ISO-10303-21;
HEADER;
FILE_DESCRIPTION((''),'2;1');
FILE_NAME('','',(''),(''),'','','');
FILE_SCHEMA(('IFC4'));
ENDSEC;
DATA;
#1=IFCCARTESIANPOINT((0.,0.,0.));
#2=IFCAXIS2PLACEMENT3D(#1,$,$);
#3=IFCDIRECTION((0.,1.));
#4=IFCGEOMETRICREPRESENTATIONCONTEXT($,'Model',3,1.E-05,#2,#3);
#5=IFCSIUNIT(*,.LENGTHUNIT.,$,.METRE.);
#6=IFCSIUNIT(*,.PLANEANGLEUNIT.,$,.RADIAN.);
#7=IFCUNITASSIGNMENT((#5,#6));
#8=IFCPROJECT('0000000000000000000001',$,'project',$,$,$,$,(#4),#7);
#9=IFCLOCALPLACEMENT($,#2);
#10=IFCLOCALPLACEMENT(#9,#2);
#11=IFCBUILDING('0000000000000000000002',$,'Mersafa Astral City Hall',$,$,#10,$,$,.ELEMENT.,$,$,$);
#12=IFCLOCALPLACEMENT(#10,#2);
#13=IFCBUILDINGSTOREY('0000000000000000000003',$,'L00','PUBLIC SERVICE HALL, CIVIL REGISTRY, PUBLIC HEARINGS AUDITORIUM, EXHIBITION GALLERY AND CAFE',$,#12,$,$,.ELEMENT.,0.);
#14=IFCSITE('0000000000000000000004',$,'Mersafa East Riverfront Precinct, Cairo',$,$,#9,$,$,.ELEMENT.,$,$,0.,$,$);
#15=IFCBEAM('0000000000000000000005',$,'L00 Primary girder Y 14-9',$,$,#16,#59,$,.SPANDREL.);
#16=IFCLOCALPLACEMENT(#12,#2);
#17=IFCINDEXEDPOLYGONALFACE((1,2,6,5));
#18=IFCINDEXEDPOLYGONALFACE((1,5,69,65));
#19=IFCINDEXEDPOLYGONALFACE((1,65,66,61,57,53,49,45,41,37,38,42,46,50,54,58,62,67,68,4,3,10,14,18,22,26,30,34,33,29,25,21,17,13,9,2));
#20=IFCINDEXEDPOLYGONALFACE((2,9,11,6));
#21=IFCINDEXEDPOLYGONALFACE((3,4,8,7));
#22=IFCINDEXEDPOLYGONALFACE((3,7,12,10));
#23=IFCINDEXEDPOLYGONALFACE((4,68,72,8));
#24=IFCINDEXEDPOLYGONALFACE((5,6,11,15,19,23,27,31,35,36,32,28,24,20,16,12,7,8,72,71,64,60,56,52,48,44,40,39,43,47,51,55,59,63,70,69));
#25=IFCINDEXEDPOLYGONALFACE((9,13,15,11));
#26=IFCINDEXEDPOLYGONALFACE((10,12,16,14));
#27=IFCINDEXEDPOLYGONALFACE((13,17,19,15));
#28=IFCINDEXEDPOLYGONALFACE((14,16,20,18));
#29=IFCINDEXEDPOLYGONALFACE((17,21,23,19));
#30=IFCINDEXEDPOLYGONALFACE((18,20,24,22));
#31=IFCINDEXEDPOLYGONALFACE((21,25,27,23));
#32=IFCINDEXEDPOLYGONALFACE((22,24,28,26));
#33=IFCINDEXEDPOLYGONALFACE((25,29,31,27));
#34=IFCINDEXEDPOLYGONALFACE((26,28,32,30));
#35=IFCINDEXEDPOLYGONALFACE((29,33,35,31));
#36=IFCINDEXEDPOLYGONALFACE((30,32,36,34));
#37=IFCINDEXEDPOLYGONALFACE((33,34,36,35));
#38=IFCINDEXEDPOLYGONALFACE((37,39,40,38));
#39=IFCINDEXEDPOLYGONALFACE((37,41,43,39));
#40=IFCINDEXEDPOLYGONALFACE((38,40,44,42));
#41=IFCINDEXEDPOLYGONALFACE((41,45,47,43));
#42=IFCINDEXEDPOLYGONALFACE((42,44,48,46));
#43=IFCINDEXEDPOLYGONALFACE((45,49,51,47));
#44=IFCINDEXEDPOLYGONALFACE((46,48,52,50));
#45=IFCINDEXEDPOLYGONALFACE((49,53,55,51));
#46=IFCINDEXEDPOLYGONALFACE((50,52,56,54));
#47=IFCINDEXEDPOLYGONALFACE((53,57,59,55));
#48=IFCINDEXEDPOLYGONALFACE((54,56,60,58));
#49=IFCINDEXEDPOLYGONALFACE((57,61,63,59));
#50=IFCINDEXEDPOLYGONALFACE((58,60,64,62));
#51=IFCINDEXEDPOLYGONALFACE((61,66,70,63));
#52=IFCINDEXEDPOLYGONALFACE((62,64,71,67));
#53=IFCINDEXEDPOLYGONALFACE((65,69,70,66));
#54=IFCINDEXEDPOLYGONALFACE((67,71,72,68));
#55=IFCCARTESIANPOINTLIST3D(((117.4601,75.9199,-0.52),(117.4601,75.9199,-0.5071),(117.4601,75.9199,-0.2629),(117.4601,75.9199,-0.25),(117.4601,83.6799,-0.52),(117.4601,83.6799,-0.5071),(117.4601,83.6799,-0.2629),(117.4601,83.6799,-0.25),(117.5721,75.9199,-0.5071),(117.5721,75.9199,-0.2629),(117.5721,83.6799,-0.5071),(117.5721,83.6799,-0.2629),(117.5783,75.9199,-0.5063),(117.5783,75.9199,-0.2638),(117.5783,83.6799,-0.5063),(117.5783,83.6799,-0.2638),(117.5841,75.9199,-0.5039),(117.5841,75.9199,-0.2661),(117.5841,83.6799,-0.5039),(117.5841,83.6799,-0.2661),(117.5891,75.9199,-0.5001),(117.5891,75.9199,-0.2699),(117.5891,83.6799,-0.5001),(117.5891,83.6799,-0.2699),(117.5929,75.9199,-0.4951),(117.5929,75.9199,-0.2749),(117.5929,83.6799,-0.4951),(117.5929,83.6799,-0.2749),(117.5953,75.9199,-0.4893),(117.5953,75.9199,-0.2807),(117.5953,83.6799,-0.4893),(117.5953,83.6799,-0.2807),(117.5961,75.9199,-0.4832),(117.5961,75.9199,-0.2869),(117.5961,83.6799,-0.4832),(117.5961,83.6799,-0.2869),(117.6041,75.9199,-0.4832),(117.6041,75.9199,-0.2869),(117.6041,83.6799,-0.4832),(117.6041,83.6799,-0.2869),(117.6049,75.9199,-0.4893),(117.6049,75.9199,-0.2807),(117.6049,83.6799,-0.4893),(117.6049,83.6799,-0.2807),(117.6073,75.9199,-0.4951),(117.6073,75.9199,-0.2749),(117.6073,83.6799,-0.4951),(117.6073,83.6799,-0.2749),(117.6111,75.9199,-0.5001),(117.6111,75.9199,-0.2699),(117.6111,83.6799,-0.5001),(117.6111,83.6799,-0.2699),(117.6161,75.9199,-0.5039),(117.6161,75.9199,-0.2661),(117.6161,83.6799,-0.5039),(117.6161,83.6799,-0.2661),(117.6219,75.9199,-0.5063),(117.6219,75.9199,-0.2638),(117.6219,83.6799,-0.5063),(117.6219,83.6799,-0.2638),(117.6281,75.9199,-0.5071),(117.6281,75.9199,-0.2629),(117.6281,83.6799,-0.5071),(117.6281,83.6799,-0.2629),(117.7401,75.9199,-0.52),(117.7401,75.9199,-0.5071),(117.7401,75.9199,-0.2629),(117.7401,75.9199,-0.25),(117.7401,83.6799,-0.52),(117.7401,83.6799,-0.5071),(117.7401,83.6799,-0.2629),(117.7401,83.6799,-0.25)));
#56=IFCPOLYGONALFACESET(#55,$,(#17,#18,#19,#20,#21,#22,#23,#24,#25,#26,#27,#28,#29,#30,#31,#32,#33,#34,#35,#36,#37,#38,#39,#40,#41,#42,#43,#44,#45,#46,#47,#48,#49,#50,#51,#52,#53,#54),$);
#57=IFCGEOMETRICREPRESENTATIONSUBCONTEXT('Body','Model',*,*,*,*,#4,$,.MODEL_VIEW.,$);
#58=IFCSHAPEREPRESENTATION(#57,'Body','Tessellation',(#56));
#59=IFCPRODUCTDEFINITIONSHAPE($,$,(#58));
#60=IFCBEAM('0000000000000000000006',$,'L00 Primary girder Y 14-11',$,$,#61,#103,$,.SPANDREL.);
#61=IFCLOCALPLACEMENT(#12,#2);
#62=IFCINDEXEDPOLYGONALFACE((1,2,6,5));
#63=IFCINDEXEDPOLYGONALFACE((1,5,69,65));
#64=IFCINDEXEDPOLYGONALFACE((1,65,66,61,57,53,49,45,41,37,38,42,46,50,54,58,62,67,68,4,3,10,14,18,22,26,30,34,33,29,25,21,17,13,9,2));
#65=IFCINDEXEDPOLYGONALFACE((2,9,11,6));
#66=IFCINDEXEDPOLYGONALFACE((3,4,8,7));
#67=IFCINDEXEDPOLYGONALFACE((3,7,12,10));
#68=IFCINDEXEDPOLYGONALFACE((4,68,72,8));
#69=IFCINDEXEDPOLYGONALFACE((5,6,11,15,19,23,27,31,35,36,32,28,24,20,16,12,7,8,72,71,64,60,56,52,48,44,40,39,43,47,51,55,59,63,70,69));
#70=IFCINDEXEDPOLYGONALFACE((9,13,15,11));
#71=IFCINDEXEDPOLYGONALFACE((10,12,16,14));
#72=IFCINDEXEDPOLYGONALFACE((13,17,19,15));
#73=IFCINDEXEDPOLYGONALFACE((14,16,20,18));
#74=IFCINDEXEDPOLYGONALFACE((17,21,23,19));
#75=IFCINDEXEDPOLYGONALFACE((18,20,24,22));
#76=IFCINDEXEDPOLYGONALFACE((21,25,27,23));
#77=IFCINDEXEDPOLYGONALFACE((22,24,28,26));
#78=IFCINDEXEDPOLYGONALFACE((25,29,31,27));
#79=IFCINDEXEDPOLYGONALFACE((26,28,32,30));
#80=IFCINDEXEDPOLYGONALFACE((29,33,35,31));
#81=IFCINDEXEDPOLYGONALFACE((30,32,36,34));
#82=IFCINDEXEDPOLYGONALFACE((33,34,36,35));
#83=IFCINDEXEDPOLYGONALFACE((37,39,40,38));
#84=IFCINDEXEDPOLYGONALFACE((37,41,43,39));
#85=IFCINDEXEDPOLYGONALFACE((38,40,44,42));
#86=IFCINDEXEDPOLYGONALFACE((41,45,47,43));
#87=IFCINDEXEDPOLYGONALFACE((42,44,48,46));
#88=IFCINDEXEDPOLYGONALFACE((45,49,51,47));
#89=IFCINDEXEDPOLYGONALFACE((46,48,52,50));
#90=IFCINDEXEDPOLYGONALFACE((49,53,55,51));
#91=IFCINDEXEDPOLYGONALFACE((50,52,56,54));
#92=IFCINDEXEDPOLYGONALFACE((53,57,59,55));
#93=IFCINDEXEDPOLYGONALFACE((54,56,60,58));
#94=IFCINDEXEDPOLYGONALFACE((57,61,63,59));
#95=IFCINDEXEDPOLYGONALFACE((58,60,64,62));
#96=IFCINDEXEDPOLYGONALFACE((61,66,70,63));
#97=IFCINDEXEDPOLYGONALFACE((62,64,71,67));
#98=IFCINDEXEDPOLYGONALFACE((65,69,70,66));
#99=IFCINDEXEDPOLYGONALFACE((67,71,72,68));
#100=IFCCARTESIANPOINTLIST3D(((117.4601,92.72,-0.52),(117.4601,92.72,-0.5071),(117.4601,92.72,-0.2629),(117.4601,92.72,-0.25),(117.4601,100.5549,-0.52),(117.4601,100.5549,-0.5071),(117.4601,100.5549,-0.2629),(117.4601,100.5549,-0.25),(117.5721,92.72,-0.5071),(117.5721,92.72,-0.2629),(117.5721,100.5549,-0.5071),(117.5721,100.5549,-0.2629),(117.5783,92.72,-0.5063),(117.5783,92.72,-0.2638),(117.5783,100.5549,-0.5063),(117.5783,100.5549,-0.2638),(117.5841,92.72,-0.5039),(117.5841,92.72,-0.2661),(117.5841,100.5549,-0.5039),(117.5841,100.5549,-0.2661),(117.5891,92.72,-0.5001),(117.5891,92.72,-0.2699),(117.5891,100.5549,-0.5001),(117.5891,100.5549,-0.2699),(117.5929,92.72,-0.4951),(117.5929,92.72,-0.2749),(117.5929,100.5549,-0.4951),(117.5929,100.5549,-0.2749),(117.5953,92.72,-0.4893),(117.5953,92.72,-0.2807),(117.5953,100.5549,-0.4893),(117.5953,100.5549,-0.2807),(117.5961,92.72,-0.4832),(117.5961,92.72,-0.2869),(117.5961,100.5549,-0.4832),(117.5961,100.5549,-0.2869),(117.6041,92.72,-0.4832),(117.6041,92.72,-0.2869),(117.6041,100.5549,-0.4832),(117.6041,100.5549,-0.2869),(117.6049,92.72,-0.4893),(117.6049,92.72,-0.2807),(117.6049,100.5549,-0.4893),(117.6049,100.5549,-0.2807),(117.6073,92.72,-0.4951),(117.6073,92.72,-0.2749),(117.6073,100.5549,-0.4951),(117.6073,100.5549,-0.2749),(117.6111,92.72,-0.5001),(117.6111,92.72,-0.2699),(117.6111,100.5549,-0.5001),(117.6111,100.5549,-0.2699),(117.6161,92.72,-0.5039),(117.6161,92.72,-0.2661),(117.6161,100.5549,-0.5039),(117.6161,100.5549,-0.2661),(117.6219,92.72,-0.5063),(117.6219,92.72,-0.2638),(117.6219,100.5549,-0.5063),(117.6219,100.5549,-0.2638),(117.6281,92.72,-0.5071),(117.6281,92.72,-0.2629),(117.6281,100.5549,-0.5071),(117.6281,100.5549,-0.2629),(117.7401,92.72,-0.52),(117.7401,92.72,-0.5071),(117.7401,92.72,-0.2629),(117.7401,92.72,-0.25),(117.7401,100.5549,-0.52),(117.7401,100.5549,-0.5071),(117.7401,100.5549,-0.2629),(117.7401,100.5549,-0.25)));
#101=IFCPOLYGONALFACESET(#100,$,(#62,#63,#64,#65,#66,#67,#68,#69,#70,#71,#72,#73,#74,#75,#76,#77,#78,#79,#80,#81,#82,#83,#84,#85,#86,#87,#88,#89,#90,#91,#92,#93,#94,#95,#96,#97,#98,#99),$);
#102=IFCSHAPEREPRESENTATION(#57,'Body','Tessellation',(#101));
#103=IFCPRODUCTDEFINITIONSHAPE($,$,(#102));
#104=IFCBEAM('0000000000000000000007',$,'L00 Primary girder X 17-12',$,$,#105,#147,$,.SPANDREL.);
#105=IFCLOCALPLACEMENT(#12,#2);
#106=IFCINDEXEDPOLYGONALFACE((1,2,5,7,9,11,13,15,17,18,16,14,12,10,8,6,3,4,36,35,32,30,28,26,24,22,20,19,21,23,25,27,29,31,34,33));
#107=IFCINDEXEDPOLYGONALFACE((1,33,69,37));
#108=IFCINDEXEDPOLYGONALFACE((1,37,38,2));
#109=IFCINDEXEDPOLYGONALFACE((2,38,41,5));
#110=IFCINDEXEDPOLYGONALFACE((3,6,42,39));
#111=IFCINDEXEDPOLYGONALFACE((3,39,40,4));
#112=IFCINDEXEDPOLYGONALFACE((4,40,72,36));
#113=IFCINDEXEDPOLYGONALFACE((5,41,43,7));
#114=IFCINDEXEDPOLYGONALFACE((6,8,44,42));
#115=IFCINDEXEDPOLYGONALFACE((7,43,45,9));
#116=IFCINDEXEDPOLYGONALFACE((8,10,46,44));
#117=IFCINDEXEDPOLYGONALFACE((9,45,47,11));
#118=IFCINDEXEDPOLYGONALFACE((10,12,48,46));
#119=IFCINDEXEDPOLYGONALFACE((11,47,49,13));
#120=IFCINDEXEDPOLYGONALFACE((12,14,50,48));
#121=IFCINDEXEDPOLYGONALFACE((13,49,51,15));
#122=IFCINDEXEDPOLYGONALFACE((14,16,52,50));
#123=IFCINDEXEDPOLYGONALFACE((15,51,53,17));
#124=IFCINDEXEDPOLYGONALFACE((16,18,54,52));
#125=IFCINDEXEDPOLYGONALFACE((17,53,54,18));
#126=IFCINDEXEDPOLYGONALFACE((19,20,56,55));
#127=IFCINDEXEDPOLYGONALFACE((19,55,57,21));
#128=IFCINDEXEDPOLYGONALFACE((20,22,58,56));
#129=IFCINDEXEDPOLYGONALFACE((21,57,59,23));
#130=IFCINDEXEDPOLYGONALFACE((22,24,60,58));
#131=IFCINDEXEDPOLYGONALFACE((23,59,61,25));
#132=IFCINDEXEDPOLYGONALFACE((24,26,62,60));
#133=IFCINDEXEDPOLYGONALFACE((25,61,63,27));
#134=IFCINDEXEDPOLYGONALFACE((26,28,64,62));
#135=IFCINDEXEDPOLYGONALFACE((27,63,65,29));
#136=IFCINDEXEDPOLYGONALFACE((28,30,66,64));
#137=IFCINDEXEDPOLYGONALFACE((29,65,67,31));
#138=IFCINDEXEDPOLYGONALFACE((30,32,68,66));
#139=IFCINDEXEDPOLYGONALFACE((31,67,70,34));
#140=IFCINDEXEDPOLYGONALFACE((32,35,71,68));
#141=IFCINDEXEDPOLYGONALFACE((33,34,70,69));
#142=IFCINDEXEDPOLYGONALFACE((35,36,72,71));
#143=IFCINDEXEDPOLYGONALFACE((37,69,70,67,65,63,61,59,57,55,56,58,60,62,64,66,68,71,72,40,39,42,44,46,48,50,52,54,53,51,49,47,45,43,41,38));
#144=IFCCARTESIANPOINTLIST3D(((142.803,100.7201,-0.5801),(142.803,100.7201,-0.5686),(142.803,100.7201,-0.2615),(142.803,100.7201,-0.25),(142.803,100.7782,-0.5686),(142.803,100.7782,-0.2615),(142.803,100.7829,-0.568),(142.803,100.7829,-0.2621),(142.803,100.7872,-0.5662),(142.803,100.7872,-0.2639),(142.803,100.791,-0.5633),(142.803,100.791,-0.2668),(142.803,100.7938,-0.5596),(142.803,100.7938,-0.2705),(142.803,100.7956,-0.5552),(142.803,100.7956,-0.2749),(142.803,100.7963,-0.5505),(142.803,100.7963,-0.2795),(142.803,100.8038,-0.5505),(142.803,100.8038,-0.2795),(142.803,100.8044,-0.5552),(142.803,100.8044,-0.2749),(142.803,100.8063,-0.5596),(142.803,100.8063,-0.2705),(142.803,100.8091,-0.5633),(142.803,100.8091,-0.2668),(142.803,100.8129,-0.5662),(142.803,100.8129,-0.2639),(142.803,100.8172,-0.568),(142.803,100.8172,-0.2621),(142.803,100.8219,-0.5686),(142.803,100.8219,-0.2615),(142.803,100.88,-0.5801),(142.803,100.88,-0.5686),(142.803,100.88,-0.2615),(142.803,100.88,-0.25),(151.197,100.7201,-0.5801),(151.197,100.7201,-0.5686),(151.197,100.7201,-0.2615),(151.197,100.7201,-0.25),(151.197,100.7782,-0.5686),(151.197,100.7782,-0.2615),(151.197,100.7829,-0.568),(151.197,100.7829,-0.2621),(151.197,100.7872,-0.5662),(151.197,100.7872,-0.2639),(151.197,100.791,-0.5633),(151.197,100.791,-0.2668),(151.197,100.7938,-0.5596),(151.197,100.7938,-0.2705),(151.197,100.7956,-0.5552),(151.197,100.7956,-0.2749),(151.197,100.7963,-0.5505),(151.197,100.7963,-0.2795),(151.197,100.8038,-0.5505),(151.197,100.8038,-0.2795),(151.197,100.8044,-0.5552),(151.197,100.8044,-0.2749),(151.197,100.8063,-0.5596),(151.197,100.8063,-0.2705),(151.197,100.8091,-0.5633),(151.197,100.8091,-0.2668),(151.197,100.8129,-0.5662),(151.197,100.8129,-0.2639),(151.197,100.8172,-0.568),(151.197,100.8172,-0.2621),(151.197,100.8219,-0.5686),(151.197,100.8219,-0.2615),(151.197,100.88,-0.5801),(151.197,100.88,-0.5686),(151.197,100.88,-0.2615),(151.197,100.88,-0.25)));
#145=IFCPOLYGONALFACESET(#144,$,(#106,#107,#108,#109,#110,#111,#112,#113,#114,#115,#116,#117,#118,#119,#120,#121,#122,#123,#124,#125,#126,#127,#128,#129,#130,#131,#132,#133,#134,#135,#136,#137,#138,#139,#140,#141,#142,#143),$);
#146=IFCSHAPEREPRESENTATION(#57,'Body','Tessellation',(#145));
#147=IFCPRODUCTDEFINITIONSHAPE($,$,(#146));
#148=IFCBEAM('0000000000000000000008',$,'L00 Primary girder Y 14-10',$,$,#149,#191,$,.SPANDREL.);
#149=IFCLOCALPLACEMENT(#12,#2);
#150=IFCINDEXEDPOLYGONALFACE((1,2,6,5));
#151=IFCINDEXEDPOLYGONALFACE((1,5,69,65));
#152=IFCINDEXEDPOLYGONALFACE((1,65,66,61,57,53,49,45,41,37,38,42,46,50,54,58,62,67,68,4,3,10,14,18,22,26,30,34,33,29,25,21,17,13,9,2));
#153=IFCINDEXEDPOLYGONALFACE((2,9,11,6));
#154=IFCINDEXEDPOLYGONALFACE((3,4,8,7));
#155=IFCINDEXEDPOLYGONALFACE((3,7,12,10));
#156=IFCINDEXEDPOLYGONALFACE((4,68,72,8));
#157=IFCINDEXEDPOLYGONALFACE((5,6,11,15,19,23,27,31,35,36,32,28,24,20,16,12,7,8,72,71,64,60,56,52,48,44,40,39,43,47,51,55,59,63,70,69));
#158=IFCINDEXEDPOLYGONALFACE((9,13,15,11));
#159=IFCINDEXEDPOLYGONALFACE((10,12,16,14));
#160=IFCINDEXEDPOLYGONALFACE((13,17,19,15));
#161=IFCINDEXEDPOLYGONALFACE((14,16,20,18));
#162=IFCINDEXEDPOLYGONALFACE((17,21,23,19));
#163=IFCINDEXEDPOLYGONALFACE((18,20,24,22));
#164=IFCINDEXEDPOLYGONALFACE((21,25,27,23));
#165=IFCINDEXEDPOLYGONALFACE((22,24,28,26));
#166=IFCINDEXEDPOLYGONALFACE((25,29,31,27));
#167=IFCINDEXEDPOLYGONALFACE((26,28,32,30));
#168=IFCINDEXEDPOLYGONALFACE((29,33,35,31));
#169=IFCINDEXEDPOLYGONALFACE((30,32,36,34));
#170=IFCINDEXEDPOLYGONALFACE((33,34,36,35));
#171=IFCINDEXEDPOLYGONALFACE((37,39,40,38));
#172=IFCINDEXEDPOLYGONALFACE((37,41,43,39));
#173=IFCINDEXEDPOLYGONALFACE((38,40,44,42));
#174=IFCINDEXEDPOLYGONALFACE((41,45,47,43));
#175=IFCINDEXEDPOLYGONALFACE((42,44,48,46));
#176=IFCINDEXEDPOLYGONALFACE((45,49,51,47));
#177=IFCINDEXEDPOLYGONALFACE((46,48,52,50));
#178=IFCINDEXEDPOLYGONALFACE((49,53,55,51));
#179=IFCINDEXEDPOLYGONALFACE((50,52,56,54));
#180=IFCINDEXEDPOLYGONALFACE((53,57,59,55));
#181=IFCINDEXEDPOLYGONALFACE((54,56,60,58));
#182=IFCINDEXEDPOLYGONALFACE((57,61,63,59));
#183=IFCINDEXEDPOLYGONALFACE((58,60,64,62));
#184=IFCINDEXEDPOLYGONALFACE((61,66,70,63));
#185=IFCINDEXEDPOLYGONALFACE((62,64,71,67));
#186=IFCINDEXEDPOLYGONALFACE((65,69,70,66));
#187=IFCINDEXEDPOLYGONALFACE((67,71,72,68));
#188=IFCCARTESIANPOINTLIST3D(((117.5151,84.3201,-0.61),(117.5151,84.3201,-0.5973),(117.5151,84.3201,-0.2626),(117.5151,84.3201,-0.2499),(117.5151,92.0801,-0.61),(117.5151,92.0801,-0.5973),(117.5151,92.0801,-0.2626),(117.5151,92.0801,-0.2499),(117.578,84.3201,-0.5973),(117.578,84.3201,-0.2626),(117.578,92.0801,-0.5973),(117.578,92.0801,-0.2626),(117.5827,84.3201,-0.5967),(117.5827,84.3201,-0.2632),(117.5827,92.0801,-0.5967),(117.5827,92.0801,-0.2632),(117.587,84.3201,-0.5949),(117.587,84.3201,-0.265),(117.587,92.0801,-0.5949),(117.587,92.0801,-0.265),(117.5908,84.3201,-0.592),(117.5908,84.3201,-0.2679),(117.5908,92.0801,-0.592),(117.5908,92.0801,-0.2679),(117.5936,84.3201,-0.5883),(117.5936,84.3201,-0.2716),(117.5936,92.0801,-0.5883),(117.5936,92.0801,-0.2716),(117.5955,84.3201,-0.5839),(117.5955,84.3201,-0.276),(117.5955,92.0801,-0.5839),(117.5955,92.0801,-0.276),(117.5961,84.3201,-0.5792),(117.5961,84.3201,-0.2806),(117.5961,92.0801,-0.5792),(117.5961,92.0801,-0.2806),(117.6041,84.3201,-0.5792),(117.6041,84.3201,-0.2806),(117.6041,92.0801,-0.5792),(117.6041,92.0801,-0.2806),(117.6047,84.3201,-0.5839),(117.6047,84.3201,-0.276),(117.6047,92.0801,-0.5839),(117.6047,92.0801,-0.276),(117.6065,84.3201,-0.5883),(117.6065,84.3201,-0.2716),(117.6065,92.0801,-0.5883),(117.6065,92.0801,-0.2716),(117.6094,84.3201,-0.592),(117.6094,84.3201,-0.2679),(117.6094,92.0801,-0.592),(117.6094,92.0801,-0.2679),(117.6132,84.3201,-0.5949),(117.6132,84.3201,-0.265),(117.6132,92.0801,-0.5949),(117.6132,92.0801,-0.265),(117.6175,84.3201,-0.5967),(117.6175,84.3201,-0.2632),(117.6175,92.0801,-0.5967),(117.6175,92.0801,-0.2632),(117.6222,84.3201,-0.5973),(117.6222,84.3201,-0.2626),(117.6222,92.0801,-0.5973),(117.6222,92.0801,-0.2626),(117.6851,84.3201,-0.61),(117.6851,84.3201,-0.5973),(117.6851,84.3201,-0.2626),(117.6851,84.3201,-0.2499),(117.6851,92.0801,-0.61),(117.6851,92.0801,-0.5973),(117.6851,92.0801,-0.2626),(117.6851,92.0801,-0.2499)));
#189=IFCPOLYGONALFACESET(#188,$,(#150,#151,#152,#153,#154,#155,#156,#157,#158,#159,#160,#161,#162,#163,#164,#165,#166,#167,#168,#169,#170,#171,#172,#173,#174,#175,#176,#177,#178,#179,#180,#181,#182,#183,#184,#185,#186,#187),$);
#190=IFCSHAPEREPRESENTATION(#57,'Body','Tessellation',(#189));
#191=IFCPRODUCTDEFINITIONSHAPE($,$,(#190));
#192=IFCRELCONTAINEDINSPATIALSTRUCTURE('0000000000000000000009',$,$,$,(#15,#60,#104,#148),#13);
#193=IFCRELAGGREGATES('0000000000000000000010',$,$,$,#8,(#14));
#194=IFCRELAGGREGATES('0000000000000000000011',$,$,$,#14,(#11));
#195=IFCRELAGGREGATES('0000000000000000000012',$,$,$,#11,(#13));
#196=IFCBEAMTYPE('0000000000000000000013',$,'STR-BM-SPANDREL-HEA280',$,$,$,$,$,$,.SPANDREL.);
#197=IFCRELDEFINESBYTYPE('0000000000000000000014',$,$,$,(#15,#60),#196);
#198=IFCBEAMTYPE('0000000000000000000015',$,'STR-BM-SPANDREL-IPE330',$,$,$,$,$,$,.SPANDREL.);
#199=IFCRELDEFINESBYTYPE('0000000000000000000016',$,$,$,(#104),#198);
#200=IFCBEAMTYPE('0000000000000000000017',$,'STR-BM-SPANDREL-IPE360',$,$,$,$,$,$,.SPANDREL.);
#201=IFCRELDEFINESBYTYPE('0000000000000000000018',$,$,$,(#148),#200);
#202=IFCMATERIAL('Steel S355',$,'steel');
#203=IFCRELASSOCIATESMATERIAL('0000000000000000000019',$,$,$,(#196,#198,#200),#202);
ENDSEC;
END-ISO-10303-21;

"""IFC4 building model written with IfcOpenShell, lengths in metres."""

from ifc_helpers import new_model, si_unit, direction, frame, origin, origin_2d, place, context, subcontext, project, spatial, i_section, extrude, material, material_profile, profile_set, type_object, element, save


model = new_model("IFC4")

# Units and contexts
model_context = context("Model", 3, precision=1e-05, world=origin(), true_north=direction((0.0, 1.0)))
body_context = subcontext(model_context, "Body", "Model", "MODEL_VIEW")
ifc_project = project(units=[si_unit("LENGTHUNIT", "METRE"), si_unit("PLANEANGLEUNIT", "RADIAN")], contexts=[model_context])

# Site, building, storey
site_placement = place(None, origin())
site = spatial("IfcSite", under=ifc_project, at=site_placement, Name="Mersafa East Riverfront Precinct, Cairo", CompositionType="ELEMENT", RefElevation=0.0)
building_placement = place(site_placement, origin())
building = spatial("IfcBuilding", under=site, at=building_placement, Name="Mersafa Astral City Hall", CompositionType="ELEMENT")
storey_placement = place(building_placement, origin())
storey = spatial("IfcBuildingStorey", under=building, at=storey_placement, Name="L00", Description="PUBLIC SERVICE HALL, CIVIL REGISTRY, PUBLIC HEARINGS AUDITORIUM, EXHIBITION GALLERY AND CAFE", CompositionType="ELEMENT", Elevation=0.0)

# Shared definitions
ifc_material_1 = material(Name="Steel S355", Category="steel")

# Beams
ifc_material_profile_1 = material_profile(ifc_material_1, i_section(OverallWidth=0.28, OverallDepth=0.27, WebThickness=0.0081, FlangeThickness=0.0129, FilletRadius=0.0239, at=origin_2d()), Name="HEA 280")
ifc_profile_set_1 = profile_set([ifc_material_profile_1], Name="Steel S355")
beam_type_1 = type_object("IfcBeamType", Name="STR-BM-SPANDREL-HEA280", PredefinedType="SPANDREL", material=ifc_profile_set_1)
beam_1_placement = place(storey_placement, frame((117.6001, 75.9199, -0.385), z_axis=(0.0, 1.0, 0.0), x_axis=(-1.0, 0.0, 0.0)))
element("IfcBeam", 1, at=beam_1_placement, inside=storey, type_object=beam_type_1, Name="L00 Primary girder Y 14-9", PredefinedType="SPANDREL", context=body_context, shape_type="SweptSolid", body=[
    extrude(i_section(OverallWidth=0.28, OverallDepth=0.27, WebThickness=0.0081, FlangeThickness=0.0129, FilletRadius=0.0239, at=origin_2d()), origin(), (0.0, 0.0, 1.0), 7.76),
])
beam_2_placement = place(storey_placement, frame((117.6001, 92.72, -0.385), z_axis=(0.0, 1.0, 0.0), x_axis=(-1.0, 0.0, 0.0)))
element("IfcBeam", 2, at=beam_2_placement, inside=storey, type_object=beam_type_1, Name="L00 Primary girder Y 14-11", PredefinedType="SPANDREL", context=body_context, shape_type="SweptSolid", body=[
    extrude(i_section(OverallWidth=0.28, OverallDepth=0.27, WebThickness=0.0081, FlangeThickness=0.0129, FilletRadius=0.0239, at=origin_2d()), origin(), (0.0, 0.0, 1.0), 7.835),
])
ifc_material_profile_2 = material_profile(ifc_material_1, i_section(OverallWidth=0.1599, OverallDepth=0.3301, WebThickness=0.0076, FlangeThickness=0.0115, FilletRadius=0.0181, at=origin_2d()), Name="IPE 330")
ifc_profile_set_2 = profile_set([ifc_material_profile_2], Name="Steel S355")
beam_type_2 = type_object("IfcBeamType", Name="STR-BM-SPANDREL-IPE330", PredefinedType="SPANDREL", material=ifc_profile_set_2)
beam_3_placement = place(storey_placement, frame((142.803, 100.8, -0.415), z_axis=(1.0, 0.0, 0.0), x_axis=(0.0, 1.0, 0.0)))
element("IfcBeam", 3, at=beam_3_placement, inside=storey, type_object=beam_type_2, Name="L00 Primary girder X 17-12", PredefinedType="SPANDREL", context=body_context, shape_type="SweptSolid", body=[
    extrude(i_section(OverallWidth=0.1599, OverallDepth=0.3301, WebThickness=0.0076, FlangeThickness=0.0115, FilletRadius=0.0181, at=origin_2d()), origin(), (0.0, 0.0, 1.0), 8.394),
])
ifc_material_profile_3 = material_profile(ifc_material_1, i_section(OverallWidth=0.1699, OverallDepth=0.3601, WebThickness=0.0081, FlangeThickness=0.0127, FilletRadius=0.0181, at=origin_2d()), Name="IPE 360")
ifc_profile_set_3 = profile_set([ifc_material_profile_3], Name="Steel S355")
beam_type_3 = type_object("IfcBeamType", Name="STR-BM-SPANDREL-IPE360", PredefinedType="SPANDREL", material=ifc_profile_set_3)
beam_4_placement = place(storey_placement, frame((117.6001, 84.3201, -0.4299), z_axis=(0.0, 1.0, 0.0), x_axis=(-1.0, 0.0, 0.0)))
element("IfcBeam", 4, at=beam_4_placement, inside=storey, type_object=beam_type_3, Name="L00 Primary girder Y 14-10", PredefinedType="SPANDREL", context=body_context, shape_type="SweptSolid", body=[
    extrude(i_section(OverallWidth=0.1699, OverallDepth=0.3601, WebThickness=0.0081, FlangeThickness=0.0127, FilletRadius=0.0181, at=origin_2d()), origin(), (0.0, 0.0, 1.0), 7.76),
])

save(model, "model.ifc")
